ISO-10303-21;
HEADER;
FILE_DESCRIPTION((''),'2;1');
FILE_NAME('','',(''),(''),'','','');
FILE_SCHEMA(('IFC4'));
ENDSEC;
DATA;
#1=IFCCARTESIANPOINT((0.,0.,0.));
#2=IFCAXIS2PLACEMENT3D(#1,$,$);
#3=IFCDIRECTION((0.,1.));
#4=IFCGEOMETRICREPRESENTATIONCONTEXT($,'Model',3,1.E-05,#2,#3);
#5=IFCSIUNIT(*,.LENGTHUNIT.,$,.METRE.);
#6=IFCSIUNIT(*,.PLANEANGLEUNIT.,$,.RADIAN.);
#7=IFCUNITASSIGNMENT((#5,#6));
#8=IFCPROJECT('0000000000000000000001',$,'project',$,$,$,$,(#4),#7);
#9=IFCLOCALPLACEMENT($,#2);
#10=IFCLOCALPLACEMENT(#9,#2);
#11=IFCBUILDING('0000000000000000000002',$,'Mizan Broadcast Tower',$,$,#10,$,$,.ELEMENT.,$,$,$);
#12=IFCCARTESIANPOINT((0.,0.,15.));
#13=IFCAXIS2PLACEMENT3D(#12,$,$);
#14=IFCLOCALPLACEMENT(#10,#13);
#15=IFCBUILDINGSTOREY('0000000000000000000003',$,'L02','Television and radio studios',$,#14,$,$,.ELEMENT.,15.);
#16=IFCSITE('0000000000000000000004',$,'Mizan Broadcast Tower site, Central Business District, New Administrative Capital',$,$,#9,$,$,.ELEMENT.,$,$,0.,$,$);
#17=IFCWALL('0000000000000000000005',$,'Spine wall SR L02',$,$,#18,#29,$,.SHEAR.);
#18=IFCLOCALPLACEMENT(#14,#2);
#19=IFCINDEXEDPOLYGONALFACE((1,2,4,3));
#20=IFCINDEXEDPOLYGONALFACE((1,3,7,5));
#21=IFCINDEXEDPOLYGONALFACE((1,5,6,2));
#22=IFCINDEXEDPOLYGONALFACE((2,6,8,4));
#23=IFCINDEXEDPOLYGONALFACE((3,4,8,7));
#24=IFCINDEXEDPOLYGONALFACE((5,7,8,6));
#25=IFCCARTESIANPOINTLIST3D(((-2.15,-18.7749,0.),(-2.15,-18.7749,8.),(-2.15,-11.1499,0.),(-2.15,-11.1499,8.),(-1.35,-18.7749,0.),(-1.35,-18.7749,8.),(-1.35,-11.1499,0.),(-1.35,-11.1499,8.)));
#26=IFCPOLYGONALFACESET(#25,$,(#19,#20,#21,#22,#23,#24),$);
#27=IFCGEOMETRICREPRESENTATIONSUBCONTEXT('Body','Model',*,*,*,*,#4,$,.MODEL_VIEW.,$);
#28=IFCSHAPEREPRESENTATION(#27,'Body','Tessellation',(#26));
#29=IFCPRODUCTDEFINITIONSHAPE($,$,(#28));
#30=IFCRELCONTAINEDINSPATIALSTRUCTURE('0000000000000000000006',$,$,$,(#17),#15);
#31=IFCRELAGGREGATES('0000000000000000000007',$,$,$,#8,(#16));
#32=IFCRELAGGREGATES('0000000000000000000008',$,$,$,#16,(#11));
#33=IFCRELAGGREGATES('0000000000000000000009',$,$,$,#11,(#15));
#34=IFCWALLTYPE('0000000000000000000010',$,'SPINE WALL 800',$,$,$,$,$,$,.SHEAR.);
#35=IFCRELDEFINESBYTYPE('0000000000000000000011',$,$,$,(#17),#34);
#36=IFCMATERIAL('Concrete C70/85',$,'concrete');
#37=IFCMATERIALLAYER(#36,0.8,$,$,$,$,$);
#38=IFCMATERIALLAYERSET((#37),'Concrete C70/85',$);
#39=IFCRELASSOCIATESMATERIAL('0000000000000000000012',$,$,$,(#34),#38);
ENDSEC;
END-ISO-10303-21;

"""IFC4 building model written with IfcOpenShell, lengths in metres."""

from ifc_helpers import new_model, si_unit, direction, frame, frame_2d, origin, place, context, subcontext, project, spatial, rectangle, extrude, material, layer, layer_set, type_object, element, save


model = new_model("IFC4")

# Units and contexts
model_context = context("Model", 3, precision=1e-05, world=origin(), true_north=direction((0.0, 1.0)))
body_context = subcontext(model_context, "Body", "Model", "MODEL_VIEW")
ifc_project = project(units=[si_unit("LENGTHUNIT", "METRE"), si_unit("PLANEANGLEUNIT", "RADIAN")], contexts=[model_context])

# Site, building, storey
site_placement = place(None, origin())
site = spatial("IfcSite", under=ifc_project, at=site_placement, Name="Mizan Broadcast Tower site, Central Business District, New Administrative Capital", CompositionType="ELEMENT", RefElevation=0.0)
building_placement = place(site_placement, origin())
building = spatial("IfcBuilding", under=site, at=building_placement, Name="Mizan Broadcast Tower", CompositionType="ELEMENT")
storey_placement = place(building_placement, frame((0.0, 0.0, 15.0)))
storey = spatial("IfcBuildingStorey", under=building, at=storey_placement, Name="L02", Description="Television and radio studios", CompositionType="ELEMENT", Elevation=15.0)

# Wall
ifc_material_1 = material(Name="Concrete C70/85", Category="concrete")
ifc_layer_1 = layer(ifc_material_1, 0.8)
ifc_layer_set_1 = layer_set([ifc_layer_1], Name="Concrete C70/85")
wall_type_1 = type_object("IfcWallType", Name="SPINE WALL 800", PredefinedType="SHEAR", material=ifc_layer_set_1)
wall_1_placement = place(storey_placement, frame((-1.75, -11.1499, 0.0), z_axis=(0.0, 0.0, 1.0), x_axis=(0.0, -1.0, 0.0)))
element("IfcWall", 1, at=wall_1_placement, inside=storey, type_object=wall_type_1, Name="Spine wall SR L02", PredefinedType="SHEAR", context=body_context, shape_type="SweptSolid", body=[
    extrude(rectangle(XDim=7.625, YDim=0.8, at=frame_2d((3.8125, 0.0))), origin(), (0.0, 0.0, 1.0), 8.0),
])

save(model, "model.ifc")
